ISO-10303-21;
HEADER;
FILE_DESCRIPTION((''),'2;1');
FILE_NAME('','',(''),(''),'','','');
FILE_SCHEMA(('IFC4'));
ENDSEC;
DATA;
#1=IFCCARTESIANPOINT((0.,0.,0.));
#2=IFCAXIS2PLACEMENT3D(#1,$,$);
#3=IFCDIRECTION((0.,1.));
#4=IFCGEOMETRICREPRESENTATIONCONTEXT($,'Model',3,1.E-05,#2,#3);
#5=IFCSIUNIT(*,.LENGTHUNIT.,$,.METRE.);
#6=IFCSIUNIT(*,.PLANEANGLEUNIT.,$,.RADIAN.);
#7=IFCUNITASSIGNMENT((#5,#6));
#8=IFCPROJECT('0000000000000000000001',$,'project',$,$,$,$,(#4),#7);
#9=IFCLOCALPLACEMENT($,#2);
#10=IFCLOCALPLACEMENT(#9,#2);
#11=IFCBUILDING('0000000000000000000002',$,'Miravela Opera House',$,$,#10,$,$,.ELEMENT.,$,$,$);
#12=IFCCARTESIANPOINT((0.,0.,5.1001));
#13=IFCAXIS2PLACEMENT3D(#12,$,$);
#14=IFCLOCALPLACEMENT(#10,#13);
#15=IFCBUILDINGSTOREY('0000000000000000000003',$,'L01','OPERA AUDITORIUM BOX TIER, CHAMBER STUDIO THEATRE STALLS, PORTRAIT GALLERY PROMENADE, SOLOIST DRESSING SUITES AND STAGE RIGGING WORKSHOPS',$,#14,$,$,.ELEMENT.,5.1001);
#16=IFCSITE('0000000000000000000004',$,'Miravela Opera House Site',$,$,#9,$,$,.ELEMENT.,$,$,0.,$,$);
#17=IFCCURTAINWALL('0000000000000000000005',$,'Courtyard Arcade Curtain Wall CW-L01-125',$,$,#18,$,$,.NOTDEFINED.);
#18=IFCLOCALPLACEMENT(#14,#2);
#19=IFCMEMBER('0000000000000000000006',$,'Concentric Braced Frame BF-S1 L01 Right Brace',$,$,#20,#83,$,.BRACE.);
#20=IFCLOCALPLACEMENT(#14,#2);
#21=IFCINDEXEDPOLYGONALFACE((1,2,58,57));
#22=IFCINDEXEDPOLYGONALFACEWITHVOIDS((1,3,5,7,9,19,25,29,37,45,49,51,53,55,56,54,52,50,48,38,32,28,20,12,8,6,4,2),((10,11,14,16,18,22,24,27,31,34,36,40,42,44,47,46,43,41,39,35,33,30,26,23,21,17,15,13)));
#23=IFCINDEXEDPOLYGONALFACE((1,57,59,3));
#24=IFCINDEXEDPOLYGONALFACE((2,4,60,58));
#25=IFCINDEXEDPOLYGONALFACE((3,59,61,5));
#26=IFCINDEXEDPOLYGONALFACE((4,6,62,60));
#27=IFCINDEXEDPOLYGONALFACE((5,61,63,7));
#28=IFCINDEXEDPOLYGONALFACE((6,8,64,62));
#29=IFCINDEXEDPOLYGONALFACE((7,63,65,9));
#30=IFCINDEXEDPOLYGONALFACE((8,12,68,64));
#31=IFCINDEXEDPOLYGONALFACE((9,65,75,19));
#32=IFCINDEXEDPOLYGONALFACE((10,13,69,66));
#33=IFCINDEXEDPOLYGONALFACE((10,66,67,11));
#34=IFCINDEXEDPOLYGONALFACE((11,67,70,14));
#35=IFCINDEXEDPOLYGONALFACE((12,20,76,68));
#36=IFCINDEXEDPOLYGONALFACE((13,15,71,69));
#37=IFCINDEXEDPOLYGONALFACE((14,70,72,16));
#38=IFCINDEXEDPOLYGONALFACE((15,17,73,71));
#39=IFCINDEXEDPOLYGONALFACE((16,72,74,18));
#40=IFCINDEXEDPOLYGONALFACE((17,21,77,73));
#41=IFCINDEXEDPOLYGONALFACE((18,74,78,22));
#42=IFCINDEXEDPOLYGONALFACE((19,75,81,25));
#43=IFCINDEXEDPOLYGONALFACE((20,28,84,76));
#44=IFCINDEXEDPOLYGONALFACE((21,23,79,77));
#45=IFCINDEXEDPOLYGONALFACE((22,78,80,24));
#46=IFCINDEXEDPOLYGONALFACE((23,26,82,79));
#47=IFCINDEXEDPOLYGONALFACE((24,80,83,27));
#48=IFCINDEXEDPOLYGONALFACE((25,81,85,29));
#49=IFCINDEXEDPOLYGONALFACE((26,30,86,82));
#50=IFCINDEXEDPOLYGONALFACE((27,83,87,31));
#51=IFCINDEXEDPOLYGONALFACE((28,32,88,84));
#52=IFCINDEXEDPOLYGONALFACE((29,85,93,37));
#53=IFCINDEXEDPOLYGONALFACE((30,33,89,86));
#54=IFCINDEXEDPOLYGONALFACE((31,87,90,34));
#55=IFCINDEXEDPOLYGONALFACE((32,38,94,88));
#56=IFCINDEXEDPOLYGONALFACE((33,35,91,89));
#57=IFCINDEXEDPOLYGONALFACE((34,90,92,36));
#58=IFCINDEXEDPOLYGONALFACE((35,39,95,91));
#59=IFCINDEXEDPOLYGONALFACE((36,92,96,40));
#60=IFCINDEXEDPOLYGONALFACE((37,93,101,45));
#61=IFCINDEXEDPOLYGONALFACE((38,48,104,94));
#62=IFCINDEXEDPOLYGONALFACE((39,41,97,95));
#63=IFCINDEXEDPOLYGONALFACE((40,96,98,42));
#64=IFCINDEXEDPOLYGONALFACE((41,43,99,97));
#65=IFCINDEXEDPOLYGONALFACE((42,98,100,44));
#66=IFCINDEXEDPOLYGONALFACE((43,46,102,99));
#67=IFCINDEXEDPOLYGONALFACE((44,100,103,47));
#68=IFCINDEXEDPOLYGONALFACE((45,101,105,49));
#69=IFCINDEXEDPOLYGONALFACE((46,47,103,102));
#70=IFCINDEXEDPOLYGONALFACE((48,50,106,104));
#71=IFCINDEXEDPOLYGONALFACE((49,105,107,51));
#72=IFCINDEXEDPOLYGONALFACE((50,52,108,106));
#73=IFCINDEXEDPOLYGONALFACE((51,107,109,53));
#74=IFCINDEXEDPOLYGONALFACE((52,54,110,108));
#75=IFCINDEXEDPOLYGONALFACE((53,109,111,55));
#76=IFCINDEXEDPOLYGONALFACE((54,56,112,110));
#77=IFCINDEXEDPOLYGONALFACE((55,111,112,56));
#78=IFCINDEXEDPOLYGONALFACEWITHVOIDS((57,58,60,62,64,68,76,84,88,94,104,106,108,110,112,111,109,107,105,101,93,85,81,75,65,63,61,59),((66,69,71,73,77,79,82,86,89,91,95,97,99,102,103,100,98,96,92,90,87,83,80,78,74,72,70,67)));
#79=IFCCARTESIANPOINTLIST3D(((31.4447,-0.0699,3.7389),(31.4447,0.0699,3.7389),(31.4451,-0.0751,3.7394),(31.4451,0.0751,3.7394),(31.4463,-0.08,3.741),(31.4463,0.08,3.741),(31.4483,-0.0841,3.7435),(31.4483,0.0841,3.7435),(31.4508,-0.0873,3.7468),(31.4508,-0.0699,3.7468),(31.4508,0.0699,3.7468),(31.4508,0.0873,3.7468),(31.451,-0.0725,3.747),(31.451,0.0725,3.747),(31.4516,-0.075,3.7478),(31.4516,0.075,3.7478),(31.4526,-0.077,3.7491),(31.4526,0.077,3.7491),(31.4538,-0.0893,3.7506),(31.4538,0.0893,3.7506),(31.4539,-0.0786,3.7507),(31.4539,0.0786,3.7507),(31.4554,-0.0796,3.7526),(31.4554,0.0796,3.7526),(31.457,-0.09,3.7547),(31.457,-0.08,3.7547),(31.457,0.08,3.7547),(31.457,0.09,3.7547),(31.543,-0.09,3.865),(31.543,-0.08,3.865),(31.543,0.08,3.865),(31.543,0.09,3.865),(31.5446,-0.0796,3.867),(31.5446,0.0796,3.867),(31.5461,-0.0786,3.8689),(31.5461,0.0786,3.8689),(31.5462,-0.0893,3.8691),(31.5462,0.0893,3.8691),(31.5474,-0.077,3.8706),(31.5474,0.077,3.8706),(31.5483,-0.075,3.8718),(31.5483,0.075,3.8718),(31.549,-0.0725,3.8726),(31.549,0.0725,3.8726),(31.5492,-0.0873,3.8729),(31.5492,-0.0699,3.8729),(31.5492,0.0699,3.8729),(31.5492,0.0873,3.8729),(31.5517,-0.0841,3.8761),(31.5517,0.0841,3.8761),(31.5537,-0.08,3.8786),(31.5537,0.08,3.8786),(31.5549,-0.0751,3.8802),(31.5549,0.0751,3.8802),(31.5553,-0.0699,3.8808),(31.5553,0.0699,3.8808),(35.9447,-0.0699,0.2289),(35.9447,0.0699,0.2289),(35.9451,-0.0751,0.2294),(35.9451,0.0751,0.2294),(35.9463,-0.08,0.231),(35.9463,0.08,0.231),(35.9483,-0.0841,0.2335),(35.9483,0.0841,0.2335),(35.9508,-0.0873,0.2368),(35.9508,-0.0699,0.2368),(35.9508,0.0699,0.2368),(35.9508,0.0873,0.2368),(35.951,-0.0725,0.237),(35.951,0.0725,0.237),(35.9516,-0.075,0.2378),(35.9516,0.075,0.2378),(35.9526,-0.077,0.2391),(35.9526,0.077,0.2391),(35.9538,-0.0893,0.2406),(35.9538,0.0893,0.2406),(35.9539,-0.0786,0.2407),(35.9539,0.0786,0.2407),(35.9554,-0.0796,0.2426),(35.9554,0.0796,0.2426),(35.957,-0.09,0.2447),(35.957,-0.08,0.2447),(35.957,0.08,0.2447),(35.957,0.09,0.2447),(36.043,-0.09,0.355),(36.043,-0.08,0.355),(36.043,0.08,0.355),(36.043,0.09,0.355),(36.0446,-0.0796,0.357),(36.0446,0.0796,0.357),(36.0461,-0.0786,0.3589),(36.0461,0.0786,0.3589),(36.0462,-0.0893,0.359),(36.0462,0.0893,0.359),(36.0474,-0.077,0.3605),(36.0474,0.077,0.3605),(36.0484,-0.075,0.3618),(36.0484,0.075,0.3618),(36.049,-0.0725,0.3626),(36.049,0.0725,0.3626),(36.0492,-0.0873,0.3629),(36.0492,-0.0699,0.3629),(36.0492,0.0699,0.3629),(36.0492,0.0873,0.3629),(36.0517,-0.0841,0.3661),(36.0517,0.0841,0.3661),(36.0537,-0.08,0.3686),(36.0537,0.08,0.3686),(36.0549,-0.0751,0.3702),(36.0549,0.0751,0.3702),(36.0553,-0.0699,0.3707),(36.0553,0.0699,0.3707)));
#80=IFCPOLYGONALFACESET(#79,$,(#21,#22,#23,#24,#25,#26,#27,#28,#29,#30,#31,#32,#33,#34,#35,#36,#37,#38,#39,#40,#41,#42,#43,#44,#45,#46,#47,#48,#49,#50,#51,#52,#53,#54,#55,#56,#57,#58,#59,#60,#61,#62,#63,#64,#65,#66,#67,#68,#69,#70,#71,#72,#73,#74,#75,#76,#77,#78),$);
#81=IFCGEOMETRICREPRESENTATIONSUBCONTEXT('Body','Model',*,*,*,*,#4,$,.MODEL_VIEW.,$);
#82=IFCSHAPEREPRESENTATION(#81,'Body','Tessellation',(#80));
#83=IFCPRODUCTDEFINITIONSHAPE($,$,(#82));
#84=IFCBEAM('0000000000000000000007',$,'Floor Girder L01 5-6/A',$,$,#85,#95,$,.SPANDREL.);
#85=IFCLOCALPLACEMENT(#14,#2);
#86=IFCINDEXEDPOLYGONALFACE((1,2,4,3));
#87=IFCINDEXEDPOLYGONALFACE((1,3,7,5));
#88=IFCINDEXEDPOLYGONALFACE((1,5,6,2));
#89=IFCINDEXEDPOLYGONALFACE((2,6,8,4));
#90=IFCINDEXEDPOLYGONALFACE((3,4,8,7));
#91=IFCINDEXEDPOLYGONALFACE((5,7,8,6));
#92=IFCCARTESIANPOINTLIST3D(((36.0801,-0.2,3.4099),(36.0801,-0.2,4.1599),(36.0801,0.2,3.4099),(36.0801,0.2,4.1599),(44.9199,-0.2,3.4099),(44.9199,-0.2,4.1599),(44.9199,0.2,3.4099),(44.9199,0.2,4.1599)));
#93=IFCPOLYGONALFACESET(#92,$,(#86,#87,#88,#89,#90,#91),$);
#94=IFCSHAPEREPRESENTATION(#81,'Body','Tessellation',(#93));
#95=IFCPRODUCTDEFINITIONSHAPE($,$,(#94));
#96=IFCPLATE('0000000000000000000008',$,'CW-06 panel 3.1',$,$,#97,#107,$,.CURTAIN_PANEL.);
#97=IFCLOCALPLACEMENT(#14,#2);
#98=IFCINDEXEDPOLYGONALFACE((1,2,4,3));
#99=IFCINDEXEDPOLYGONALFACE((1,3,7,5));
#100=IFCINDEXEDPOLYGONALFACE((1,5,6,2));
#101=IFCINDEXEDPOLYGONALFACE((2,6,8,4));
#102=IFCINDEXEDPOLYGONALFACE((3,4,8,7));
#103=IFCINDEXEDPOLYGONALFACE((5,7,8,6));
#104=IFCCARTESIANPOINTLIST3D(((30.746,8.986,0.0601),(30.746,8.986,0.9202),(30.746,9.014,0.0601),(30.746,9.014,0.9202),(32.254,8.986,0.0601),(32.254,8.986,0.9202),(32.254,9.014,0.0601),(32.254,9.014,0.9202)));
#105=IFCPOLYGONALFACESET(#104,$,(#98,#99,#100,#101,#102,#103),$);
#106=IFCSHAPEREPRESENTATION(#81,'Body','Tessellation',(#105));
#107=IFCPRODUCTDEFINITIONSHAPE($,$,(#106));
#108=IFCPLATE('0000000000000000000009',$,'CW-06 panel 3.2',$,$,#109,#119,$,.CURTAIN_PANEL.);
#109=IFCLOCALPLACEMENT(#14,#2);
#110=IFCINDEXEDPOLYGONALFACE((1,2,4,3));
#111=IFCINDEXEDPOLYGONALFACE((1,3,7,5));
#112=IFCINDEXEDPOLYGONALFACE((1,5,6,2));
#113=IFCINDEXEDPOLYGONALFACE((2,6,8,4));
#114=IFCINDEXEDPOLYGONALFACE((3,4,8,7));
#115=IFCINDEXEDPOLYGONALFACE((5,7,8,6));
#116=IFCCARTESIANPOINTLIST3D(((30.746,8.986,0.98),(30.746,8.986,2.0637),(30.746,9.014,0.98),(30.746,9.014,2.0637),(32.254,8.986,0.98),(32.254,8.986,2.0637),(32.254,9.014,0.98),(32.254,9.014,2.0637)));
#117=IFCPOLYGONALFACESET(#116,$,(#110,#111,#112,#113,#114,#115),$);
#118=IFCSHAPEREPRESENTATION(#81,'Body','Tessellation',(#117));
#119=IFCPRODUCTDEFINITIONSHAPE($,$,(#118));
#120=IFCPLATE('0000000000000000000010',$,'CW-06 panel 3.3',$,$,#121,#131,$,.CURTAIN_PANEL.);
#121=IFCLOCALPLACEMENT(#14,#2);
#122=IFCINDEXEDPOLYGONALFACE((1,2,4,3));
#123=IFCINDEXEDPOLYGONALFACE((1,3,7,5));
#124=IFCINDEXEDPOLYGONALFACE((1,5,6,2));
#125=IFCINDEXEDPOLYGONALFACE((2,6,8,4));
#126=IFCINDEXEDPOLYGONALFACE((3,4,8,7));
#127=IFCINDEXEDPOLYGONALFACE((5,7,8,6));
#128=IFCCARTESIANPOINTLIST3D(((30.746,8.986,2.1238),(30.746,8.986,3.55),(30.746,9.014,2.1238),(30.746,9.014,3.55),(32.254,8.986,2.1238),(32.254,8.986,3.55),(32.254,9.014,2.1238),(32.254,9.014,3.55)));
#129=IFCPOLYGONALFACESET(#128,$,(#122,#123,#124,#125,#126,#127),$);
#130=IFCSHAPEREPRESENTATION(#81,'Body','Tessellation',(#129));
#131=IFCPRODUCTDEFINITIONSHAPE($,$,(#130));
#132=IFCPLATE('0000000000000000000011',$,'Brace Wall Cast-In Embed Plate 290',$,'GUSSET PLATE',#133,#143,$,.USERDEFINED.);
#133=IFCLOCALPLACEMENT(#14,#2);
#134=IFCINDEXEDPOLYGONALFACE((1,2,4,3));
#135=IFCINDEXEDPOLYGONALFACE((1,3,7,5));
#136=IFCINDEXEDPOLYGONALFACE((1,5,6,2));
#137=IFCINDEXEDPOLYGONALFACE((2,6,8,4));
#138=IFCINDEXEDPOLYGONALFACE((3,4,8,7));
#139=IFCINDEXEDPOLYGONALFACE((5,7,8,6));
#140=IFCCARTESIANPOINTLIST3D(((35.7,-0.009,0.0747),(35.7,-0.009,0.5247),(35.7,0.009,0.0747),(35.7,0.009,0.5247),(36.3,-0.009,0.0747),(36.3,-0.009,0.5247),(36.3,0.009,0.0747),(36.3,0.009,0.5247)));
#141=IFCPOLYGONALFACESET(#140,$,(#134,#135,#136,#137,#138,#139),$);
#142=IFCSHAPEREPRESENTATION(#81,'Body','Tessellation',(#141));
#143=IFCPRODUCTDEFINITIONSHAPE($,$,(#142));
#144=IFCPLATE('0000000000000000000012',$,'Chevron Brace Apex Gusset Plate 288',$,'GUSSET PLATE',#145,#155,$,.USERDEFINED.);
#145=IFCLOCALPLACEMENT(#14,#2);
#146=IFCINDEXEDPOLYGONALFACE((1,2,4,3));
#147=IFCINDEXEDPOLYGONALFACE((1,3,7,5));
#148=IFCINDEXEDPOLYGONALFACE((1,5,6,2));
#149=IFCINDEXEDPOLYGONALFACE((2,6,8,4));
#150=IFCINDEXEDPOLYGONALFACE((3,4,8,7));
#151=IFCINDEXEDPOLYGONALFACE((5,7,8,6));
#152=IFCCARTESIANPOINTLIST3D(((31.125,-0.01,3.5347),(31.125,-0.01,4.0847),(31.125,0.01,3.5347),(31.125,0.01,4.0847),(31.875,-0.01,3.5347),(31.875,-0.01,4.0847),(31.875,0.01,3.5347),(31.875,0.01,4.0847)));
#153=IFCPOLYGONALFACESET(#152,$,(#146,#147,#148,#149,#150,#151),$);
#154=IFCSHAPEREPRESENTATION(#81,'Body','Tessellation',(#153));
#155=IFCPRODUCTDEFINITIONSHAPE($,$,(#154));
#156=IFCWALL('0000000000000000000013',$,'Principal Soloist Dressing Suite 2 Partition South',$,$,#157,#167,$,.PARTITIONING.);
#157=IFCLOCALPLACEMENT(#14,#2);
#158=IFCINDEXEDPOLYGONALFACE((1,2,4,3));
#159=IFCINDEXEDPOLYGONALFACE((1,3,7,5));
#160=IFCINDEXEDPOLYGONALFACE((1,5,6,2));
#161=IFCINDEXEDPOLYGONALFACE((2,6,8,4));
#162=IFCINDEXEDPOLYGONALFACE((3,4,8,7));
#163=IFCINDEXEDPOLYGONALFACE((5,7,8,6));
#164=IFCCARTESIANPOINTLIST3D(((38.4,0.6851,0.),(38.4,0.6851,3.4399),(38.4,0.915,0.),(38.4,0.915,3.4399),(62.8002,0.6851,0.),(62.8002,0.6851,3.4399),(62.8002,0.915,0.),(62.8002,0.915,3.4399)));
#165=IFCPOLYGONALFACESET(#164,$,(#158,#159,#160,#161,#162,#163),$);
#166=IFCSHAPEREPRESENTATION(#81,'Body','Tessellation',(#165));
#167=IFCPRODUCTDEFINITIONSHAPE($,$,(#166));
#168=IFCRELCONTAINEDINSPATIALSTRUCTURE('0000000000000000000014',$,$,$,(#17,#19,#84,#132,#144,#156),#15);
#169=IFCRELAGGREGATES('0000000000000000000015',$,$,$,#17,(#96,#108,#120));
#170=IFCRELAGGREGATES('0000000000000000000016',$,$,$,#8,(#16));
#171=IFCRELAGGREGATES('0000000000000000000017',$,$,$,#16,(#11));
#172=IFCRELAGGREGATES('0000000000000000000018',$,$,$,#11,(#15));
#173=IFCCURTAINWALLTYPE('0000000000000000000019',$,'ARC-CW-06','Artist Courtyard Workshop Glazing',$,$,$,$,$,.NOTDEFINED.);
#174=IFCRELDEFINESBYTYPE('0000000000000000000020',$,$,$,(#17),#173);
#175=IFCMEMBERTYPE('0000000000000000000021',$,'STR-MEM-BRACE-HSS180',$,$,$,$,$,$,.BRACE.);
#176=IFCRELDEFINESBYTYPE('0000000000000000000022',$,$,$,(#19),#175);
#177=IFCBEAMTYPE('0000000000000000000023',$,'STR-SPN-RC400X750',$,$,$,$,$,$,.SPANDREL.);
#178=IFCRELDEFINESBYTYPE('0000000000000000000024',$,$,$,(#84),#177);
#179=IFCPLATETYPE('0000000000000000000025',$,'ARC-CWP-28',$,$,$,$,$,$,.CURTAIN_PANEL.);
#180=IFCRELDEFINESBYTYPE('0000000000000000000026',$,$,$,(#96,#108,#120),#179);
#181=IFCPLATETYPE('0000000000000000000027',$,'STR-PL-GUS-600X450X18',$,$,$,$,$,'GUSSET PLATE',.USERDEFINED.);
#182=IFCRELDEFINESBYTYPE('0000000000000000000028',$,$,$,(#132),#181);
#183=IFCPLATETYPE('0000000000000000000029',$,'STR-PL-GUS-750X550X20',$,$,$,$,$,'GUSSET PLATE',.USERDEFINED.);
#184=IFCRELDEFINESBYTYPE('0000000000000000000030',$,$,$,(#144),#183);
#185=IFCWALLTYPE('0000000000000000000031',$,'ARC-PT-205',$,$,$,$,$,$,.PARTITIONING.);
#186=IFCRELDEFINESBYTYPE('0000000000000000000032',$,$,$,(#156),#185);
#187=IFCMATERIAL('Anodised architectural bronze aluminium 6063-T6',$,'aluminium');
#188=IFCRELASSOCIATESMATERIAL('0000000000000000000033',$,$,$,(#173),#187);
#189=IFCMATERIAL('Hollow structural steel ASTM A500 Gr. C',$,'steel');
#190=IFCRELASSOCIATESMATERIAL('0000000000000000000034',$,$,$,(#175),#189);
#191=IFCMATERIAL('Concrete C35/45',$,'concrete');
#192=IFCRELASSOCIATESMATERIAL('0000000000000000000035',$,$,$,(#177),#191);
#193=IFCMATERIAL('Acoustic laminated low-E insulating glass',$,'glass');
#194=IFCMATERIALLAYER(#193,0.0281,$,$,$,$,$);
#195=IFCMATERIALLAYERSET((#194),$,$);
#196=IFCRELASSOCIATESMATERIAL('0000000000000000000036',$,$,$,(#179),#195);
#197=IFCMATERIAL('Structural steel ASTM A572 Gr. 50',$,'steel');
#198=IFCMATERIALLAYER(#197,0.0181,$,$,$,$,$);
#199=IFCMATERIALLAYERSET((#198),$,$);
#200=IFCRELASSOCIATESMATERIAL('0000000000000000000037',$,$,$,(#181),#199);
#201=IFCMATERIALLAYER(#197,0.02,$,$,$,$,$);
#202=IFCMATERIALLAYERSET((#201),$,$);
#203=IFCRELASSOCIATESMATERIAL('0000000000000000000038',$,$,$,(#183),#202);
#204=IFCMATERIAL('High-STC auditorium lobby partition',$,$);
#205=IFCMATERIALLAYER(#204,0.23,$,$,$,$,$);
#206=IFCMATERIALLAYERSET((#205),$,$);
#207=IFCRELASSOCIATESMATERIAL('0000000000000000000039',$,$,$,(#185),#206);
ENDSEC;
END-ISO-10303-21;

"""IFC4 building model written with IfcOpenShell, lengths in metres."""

from ifc_helpers import new_model, si_unit, direction, frame, frame_2d, origin, origin_2d, place, context, subcontext, project, spatial, rectangle, hollow_rectangle, extrude, material, layer, layer_set, material_profile, profile_set, type_object, element, aggregate, save


model = new_model("IFC4")

# Units and contexts
model_context = context("Model", 3, precision=1e-05, world=origin(), true_north=direction((0.0, 1.0)))
body_context = subcontext(model_context, "Body", "Model", "MODEL_VIEW")
ifc_project = project(units=[si_unit("LENGTHUNIT", "METRE"), si_unit("PLANEANGLEUNIT", "RADIAN")], contexts=[model_context])

# Site, building, storey
site_placement = place(None, origin())
site = spatial("IfcSite", under=ifc_project, at=site_placement, Name="Miravela Opera House Site", CompositionType="ELEMENT", RefElevation=0.0)
building_placement = place(site_placement, origin())
building = spatial("IfcBuilding", under=site, at=building_placement, Name="Miravela Opera House", CompositionType="ELEMENT")
storey_placement = place(building_placement, frame((0.0, 0.0, 5.1001)))
storey = spatial("IfcBuildingStorey", under=building, at=storey_placement, Name="L01", Description="OPERA AUDITORIUM BOX TIER, CHAMBER STUDIO THEATRE STALLS, PORTRAIT GALLERY PROMENADE, SOLOIST DRESSING SUITES AND STAGE RIGGING WORKSHOPS", CompositionType="ELEMENT", Elevation=5.1001)

# Shared definitions
ifc_material_1 = material(Name="Hollow structural steel ASTM A500 Gr. C", Category="steel")
ifc_material_2 = material(Name="Concrete C35/45", Category="concrete")

# Curtain wall
ifc_material_3 = material(Name="Anodised architectural bronze aluminium 6063-T6", Category="aluminium")
curtain_wall_type = type_object("IfcCurtainWallType", Name="ARC-CW-06", Description="Artist Courtyard Workshop Glazing", PredefinedType="NOTDEFINED", material=ifc_material_3)
curtain_wall_placement = place(storey_placement, origin())
curtain_wall = element("IfcCurtainWall", 1, at=curtain_wall_placement, inside=storey, type_object=curtain_wall_type, Name="Courtyard Arcade Curtain Wall CW-L01-125", PredefinedType="NOTDEFINED")

# Member
ifc_material_profile_1 = material_profile(ifc_material_1, hollow_rectangle(XDim=0.1799, YDim=0.1799, WallThickness=0.01, InnerFilletRadius=0.01, OuterFilletRadius=0.02, at=origin_2d()), Name="HSS180X180X10")
ifc_profile_set_1 = profile_set([ifc_material_profile_1])
member_type_1 = type_object("IfcMemberType", Name="STR-MEM-BRACE-HSS180", PredefinedType="BRACE", material=ifc_profile_set_1)
member_1_placement = place(storey_placement, frame((36.0, 0.0, 0.2998), z_axis=(-0.788501, 0.0, 0.615033), x_axis=(0.0, -1.0, 0.0)))
element("IfcMember", 2, at=member_1_placement, inside=storey, type_object=member_type_1, Name="Concentric Braced Frame BF-S1 L01 Right Brace", PredefinedType="BRACE", context=body_context, shape_type="SweptSolid", body=[
    extrude(hollow_rectangle(XDim=0.1799, YDim=0.1799, WallThickness=0.01, InnerFilletRadius=0.01, OuterFilletRadius=0.02, at=origin_2d()), origin(), (0.0, 0.0, 1.0), 5.707),
])

# Beam
ifc_material_profile_2 = material_profile(ifc_material_2, rectangle(XDim=0.3999, YDim=0.75, at=origin_2d()), Name="RC-SPN-400X750")
ifc_profile_set_2 = profile_set([ifc_material_profile_2])
beam_type = type_object("IfcBeamType", Name="STR-SPN-RC400X750", PredefinedType="SPANDREL", material=ifc_profile_set_2)
beam_placement = place(storey_placement, frame((36.0801, 0.0, 3.7849), z_axis=(1.0, 0.0, 0.0), x_axis=(0.0, 1.0, 0.0)))
element("IfcBeam", 3, at=beam_placement, inside=storey, type_object=beam_type, Name="Floor Girder L01 5-6/A", PredefinedType="SPANDREL", context=body_context, shape_type="SweptSolid", body=[
    extrude(rectangle(XDim=0.3999, YDim=0.75, at=origin_2d()), origin(), (0.0, 0.0, 1.0), 8.8398),
])

# Plates
ifc_material_4 = material(Name="Acoustic laminated low-E insulating glass", Category="glass")
ifc_layer_1 = layer(ifc_material_4, 0.0281)
ifc_layer_set_1 = layer_set([ifc_layer_1])
plate_type_1 = type_object("IfcPlateType", Name="ARC-CWP-28", PredefinedType="CURTAIN_PANEL", material=ifc_layer_set_1)
plate_1_placement = place(storey_placement, frame((31.5, 9.0, 0.0601), z_axis=(0.0, 0.0, 1.0), x_axis=(1.0, 0.0, 0.0)))
plate_1 = element("IfcPlate", 4, at=plate_1_placement, type_object=plate_type_1, Name="CW-06 panel 3.1", PredefinedType="CURTAIN_PANEL", context=body_context, shape_type="SweptSolid", body=[
    extrude(rectangle(XDim=1.5081, YDim=0.0281, at=origin_2d()), origin(), (0.0, 0.0, 1.0), 0.8601),
])
plate_2_placement = place(storey_placement, frame((31.5, 9.0, 0.98), z_axis=(0.0, 0.0, 1.0), x_axis=(1.0, 0.0, 0.0)))
plate_2 = element("IfcPlate", 5, at=plate_2_placement, type_object=plate_type_1, Name="CW-06 panel 3.2", PredefinedType="CURTAIN_PANEL", context=body_context, shape_type="SweptSolid", body=[
    extrude(rectangle(XDim=1.5081, YDim=0.0281, at=origin_2d()), origin(), (0.0, 0.0, 1.0), 1.0837),
])
plate_3_placement = place(storey_placement, frame((31.5, 9.0, 2.1238), z_axis=(0.0, 0.0, 1.0), x_axis=(1.0, 0.0, 0.0)))
plate_3 = element("IfcPlate", 6, at=plate_3_placement, type_object=plate_type_1, Name="CW-06 panel 3.3", PredefinedType="CURTAIN_PANEL", context=body_context, shape_type="SweptSolid", body=[
    extrude(rectangle(XDim=1.5081, YDim=0.0281, at=origin_2d()), origin(), (0.0, 0.0, 1.0), 1.4263),
])
aggregate(curtain_wall, [plate_1, plate_2, plate_3])

# Plates
ifc_material_5 = material(Name="Structural steel ASTM A572 Gr. 50", Category="steel")
ifc_layer_2 = layer(ifc_material_5, 0.0181)
ifc_layer_set_2 = layer_set([ifc_layer_2])
plate_type_2 = type_object("IfcPlateType", Name="STR-PL-GUS-600X450X18", ElementType="GUSSET PLATE", PredefinedType="USERDEFINED", material=ifc_layer_set_2)
plate_4_placement = place(storey_placement, frame((36.0, 0.0, 0.0747), z_axis=(0.0, 0.0, 1.0), x_axis=(1.0, 0.0, 0.0)))
element("IfcPlate", 7, at=plate_4_placement, inside=storey, type_object=plate_type_2, Name="Brace Wall Cast-In Embed Plate 290", ObjectType="GUSSET PLATE", PredefinedType="USERDEFINED", context=body_context, shape_type="SweptSolid", body=[
    extrude(rectangle(XDim=0.6001, YDim=0.0181, at=origin_2d()), origin(), (0.0, 0.0, 1.0), 0.45),
])
ifc_layer_3 = layer(ifc_material_5, 0.02)
ifc_layer_set_3 = layer_set([ifc_layer_3])
plate_type_3 = type_object("IfcPlateType", Name="STR-PL-GUS-750X550X20", ElementType="GUSSET PLATE", PredefinedType="USERDEFINED", material=ifc_layer_set_3)
plate_5_placement = place(storey_placement, frame((31.5, 0.0, 3.5347), z_axis=(0.0, 0.0, 1.0), x_axis=(1.0, 0.0, 0.0)))
element("IfcPlate", 8, at=plate_5_placement, inside=storey, type_object=plate_type_3, Name="Chevron Brace Apex Gusset Plate 288", ObjectType="GUSSET PLATE", PredefinedType="USERDEFINED", context=body_context, shape_type="SweptSolid", body=[
    extrude(rectangle(XDim=0.75, YDim=0.02, at=origin_2d()), origin(), (0.0, 0.0, 1.0), 0.55),
])

# Wall
ifc_material_6 = material(Name="High-STC auditorium lobby partition")
ifc_layer_4 = layer(ifc_material_6, 0.23)
ifc_layer_set_4 = layer_set([ifc_layer_4])
wall_type_1 = type_object("IfcWallType", Name="ARC-PT-205", PredefinedType="PARTITIONING", material=ifc_layer_set_4)
wall_1_placement = place(storey_placement, frame((38.3999, 0.8, 0.0), z_axis=(0.0, 0.0, 1.0), x_axis=(1.0, 0.0, 0.0)))
element("IfcWall", 9, at=wall_1_placement, inside=storey, type_object=wall_type_1, Name="Principal Soloist Dressing Suite 2 Partition South", PredefinedType="PARTITIONING", context=body_context, shape_type="SweptSolid", body=[
    extrude(rectangle(XDim=24.4001, YDim=0.23, at=frame_2d((12.2002, 0.0))), origin(), (0.0, 0.0, 1.0), 3.4399),
])

save(model, "model.ifc")
